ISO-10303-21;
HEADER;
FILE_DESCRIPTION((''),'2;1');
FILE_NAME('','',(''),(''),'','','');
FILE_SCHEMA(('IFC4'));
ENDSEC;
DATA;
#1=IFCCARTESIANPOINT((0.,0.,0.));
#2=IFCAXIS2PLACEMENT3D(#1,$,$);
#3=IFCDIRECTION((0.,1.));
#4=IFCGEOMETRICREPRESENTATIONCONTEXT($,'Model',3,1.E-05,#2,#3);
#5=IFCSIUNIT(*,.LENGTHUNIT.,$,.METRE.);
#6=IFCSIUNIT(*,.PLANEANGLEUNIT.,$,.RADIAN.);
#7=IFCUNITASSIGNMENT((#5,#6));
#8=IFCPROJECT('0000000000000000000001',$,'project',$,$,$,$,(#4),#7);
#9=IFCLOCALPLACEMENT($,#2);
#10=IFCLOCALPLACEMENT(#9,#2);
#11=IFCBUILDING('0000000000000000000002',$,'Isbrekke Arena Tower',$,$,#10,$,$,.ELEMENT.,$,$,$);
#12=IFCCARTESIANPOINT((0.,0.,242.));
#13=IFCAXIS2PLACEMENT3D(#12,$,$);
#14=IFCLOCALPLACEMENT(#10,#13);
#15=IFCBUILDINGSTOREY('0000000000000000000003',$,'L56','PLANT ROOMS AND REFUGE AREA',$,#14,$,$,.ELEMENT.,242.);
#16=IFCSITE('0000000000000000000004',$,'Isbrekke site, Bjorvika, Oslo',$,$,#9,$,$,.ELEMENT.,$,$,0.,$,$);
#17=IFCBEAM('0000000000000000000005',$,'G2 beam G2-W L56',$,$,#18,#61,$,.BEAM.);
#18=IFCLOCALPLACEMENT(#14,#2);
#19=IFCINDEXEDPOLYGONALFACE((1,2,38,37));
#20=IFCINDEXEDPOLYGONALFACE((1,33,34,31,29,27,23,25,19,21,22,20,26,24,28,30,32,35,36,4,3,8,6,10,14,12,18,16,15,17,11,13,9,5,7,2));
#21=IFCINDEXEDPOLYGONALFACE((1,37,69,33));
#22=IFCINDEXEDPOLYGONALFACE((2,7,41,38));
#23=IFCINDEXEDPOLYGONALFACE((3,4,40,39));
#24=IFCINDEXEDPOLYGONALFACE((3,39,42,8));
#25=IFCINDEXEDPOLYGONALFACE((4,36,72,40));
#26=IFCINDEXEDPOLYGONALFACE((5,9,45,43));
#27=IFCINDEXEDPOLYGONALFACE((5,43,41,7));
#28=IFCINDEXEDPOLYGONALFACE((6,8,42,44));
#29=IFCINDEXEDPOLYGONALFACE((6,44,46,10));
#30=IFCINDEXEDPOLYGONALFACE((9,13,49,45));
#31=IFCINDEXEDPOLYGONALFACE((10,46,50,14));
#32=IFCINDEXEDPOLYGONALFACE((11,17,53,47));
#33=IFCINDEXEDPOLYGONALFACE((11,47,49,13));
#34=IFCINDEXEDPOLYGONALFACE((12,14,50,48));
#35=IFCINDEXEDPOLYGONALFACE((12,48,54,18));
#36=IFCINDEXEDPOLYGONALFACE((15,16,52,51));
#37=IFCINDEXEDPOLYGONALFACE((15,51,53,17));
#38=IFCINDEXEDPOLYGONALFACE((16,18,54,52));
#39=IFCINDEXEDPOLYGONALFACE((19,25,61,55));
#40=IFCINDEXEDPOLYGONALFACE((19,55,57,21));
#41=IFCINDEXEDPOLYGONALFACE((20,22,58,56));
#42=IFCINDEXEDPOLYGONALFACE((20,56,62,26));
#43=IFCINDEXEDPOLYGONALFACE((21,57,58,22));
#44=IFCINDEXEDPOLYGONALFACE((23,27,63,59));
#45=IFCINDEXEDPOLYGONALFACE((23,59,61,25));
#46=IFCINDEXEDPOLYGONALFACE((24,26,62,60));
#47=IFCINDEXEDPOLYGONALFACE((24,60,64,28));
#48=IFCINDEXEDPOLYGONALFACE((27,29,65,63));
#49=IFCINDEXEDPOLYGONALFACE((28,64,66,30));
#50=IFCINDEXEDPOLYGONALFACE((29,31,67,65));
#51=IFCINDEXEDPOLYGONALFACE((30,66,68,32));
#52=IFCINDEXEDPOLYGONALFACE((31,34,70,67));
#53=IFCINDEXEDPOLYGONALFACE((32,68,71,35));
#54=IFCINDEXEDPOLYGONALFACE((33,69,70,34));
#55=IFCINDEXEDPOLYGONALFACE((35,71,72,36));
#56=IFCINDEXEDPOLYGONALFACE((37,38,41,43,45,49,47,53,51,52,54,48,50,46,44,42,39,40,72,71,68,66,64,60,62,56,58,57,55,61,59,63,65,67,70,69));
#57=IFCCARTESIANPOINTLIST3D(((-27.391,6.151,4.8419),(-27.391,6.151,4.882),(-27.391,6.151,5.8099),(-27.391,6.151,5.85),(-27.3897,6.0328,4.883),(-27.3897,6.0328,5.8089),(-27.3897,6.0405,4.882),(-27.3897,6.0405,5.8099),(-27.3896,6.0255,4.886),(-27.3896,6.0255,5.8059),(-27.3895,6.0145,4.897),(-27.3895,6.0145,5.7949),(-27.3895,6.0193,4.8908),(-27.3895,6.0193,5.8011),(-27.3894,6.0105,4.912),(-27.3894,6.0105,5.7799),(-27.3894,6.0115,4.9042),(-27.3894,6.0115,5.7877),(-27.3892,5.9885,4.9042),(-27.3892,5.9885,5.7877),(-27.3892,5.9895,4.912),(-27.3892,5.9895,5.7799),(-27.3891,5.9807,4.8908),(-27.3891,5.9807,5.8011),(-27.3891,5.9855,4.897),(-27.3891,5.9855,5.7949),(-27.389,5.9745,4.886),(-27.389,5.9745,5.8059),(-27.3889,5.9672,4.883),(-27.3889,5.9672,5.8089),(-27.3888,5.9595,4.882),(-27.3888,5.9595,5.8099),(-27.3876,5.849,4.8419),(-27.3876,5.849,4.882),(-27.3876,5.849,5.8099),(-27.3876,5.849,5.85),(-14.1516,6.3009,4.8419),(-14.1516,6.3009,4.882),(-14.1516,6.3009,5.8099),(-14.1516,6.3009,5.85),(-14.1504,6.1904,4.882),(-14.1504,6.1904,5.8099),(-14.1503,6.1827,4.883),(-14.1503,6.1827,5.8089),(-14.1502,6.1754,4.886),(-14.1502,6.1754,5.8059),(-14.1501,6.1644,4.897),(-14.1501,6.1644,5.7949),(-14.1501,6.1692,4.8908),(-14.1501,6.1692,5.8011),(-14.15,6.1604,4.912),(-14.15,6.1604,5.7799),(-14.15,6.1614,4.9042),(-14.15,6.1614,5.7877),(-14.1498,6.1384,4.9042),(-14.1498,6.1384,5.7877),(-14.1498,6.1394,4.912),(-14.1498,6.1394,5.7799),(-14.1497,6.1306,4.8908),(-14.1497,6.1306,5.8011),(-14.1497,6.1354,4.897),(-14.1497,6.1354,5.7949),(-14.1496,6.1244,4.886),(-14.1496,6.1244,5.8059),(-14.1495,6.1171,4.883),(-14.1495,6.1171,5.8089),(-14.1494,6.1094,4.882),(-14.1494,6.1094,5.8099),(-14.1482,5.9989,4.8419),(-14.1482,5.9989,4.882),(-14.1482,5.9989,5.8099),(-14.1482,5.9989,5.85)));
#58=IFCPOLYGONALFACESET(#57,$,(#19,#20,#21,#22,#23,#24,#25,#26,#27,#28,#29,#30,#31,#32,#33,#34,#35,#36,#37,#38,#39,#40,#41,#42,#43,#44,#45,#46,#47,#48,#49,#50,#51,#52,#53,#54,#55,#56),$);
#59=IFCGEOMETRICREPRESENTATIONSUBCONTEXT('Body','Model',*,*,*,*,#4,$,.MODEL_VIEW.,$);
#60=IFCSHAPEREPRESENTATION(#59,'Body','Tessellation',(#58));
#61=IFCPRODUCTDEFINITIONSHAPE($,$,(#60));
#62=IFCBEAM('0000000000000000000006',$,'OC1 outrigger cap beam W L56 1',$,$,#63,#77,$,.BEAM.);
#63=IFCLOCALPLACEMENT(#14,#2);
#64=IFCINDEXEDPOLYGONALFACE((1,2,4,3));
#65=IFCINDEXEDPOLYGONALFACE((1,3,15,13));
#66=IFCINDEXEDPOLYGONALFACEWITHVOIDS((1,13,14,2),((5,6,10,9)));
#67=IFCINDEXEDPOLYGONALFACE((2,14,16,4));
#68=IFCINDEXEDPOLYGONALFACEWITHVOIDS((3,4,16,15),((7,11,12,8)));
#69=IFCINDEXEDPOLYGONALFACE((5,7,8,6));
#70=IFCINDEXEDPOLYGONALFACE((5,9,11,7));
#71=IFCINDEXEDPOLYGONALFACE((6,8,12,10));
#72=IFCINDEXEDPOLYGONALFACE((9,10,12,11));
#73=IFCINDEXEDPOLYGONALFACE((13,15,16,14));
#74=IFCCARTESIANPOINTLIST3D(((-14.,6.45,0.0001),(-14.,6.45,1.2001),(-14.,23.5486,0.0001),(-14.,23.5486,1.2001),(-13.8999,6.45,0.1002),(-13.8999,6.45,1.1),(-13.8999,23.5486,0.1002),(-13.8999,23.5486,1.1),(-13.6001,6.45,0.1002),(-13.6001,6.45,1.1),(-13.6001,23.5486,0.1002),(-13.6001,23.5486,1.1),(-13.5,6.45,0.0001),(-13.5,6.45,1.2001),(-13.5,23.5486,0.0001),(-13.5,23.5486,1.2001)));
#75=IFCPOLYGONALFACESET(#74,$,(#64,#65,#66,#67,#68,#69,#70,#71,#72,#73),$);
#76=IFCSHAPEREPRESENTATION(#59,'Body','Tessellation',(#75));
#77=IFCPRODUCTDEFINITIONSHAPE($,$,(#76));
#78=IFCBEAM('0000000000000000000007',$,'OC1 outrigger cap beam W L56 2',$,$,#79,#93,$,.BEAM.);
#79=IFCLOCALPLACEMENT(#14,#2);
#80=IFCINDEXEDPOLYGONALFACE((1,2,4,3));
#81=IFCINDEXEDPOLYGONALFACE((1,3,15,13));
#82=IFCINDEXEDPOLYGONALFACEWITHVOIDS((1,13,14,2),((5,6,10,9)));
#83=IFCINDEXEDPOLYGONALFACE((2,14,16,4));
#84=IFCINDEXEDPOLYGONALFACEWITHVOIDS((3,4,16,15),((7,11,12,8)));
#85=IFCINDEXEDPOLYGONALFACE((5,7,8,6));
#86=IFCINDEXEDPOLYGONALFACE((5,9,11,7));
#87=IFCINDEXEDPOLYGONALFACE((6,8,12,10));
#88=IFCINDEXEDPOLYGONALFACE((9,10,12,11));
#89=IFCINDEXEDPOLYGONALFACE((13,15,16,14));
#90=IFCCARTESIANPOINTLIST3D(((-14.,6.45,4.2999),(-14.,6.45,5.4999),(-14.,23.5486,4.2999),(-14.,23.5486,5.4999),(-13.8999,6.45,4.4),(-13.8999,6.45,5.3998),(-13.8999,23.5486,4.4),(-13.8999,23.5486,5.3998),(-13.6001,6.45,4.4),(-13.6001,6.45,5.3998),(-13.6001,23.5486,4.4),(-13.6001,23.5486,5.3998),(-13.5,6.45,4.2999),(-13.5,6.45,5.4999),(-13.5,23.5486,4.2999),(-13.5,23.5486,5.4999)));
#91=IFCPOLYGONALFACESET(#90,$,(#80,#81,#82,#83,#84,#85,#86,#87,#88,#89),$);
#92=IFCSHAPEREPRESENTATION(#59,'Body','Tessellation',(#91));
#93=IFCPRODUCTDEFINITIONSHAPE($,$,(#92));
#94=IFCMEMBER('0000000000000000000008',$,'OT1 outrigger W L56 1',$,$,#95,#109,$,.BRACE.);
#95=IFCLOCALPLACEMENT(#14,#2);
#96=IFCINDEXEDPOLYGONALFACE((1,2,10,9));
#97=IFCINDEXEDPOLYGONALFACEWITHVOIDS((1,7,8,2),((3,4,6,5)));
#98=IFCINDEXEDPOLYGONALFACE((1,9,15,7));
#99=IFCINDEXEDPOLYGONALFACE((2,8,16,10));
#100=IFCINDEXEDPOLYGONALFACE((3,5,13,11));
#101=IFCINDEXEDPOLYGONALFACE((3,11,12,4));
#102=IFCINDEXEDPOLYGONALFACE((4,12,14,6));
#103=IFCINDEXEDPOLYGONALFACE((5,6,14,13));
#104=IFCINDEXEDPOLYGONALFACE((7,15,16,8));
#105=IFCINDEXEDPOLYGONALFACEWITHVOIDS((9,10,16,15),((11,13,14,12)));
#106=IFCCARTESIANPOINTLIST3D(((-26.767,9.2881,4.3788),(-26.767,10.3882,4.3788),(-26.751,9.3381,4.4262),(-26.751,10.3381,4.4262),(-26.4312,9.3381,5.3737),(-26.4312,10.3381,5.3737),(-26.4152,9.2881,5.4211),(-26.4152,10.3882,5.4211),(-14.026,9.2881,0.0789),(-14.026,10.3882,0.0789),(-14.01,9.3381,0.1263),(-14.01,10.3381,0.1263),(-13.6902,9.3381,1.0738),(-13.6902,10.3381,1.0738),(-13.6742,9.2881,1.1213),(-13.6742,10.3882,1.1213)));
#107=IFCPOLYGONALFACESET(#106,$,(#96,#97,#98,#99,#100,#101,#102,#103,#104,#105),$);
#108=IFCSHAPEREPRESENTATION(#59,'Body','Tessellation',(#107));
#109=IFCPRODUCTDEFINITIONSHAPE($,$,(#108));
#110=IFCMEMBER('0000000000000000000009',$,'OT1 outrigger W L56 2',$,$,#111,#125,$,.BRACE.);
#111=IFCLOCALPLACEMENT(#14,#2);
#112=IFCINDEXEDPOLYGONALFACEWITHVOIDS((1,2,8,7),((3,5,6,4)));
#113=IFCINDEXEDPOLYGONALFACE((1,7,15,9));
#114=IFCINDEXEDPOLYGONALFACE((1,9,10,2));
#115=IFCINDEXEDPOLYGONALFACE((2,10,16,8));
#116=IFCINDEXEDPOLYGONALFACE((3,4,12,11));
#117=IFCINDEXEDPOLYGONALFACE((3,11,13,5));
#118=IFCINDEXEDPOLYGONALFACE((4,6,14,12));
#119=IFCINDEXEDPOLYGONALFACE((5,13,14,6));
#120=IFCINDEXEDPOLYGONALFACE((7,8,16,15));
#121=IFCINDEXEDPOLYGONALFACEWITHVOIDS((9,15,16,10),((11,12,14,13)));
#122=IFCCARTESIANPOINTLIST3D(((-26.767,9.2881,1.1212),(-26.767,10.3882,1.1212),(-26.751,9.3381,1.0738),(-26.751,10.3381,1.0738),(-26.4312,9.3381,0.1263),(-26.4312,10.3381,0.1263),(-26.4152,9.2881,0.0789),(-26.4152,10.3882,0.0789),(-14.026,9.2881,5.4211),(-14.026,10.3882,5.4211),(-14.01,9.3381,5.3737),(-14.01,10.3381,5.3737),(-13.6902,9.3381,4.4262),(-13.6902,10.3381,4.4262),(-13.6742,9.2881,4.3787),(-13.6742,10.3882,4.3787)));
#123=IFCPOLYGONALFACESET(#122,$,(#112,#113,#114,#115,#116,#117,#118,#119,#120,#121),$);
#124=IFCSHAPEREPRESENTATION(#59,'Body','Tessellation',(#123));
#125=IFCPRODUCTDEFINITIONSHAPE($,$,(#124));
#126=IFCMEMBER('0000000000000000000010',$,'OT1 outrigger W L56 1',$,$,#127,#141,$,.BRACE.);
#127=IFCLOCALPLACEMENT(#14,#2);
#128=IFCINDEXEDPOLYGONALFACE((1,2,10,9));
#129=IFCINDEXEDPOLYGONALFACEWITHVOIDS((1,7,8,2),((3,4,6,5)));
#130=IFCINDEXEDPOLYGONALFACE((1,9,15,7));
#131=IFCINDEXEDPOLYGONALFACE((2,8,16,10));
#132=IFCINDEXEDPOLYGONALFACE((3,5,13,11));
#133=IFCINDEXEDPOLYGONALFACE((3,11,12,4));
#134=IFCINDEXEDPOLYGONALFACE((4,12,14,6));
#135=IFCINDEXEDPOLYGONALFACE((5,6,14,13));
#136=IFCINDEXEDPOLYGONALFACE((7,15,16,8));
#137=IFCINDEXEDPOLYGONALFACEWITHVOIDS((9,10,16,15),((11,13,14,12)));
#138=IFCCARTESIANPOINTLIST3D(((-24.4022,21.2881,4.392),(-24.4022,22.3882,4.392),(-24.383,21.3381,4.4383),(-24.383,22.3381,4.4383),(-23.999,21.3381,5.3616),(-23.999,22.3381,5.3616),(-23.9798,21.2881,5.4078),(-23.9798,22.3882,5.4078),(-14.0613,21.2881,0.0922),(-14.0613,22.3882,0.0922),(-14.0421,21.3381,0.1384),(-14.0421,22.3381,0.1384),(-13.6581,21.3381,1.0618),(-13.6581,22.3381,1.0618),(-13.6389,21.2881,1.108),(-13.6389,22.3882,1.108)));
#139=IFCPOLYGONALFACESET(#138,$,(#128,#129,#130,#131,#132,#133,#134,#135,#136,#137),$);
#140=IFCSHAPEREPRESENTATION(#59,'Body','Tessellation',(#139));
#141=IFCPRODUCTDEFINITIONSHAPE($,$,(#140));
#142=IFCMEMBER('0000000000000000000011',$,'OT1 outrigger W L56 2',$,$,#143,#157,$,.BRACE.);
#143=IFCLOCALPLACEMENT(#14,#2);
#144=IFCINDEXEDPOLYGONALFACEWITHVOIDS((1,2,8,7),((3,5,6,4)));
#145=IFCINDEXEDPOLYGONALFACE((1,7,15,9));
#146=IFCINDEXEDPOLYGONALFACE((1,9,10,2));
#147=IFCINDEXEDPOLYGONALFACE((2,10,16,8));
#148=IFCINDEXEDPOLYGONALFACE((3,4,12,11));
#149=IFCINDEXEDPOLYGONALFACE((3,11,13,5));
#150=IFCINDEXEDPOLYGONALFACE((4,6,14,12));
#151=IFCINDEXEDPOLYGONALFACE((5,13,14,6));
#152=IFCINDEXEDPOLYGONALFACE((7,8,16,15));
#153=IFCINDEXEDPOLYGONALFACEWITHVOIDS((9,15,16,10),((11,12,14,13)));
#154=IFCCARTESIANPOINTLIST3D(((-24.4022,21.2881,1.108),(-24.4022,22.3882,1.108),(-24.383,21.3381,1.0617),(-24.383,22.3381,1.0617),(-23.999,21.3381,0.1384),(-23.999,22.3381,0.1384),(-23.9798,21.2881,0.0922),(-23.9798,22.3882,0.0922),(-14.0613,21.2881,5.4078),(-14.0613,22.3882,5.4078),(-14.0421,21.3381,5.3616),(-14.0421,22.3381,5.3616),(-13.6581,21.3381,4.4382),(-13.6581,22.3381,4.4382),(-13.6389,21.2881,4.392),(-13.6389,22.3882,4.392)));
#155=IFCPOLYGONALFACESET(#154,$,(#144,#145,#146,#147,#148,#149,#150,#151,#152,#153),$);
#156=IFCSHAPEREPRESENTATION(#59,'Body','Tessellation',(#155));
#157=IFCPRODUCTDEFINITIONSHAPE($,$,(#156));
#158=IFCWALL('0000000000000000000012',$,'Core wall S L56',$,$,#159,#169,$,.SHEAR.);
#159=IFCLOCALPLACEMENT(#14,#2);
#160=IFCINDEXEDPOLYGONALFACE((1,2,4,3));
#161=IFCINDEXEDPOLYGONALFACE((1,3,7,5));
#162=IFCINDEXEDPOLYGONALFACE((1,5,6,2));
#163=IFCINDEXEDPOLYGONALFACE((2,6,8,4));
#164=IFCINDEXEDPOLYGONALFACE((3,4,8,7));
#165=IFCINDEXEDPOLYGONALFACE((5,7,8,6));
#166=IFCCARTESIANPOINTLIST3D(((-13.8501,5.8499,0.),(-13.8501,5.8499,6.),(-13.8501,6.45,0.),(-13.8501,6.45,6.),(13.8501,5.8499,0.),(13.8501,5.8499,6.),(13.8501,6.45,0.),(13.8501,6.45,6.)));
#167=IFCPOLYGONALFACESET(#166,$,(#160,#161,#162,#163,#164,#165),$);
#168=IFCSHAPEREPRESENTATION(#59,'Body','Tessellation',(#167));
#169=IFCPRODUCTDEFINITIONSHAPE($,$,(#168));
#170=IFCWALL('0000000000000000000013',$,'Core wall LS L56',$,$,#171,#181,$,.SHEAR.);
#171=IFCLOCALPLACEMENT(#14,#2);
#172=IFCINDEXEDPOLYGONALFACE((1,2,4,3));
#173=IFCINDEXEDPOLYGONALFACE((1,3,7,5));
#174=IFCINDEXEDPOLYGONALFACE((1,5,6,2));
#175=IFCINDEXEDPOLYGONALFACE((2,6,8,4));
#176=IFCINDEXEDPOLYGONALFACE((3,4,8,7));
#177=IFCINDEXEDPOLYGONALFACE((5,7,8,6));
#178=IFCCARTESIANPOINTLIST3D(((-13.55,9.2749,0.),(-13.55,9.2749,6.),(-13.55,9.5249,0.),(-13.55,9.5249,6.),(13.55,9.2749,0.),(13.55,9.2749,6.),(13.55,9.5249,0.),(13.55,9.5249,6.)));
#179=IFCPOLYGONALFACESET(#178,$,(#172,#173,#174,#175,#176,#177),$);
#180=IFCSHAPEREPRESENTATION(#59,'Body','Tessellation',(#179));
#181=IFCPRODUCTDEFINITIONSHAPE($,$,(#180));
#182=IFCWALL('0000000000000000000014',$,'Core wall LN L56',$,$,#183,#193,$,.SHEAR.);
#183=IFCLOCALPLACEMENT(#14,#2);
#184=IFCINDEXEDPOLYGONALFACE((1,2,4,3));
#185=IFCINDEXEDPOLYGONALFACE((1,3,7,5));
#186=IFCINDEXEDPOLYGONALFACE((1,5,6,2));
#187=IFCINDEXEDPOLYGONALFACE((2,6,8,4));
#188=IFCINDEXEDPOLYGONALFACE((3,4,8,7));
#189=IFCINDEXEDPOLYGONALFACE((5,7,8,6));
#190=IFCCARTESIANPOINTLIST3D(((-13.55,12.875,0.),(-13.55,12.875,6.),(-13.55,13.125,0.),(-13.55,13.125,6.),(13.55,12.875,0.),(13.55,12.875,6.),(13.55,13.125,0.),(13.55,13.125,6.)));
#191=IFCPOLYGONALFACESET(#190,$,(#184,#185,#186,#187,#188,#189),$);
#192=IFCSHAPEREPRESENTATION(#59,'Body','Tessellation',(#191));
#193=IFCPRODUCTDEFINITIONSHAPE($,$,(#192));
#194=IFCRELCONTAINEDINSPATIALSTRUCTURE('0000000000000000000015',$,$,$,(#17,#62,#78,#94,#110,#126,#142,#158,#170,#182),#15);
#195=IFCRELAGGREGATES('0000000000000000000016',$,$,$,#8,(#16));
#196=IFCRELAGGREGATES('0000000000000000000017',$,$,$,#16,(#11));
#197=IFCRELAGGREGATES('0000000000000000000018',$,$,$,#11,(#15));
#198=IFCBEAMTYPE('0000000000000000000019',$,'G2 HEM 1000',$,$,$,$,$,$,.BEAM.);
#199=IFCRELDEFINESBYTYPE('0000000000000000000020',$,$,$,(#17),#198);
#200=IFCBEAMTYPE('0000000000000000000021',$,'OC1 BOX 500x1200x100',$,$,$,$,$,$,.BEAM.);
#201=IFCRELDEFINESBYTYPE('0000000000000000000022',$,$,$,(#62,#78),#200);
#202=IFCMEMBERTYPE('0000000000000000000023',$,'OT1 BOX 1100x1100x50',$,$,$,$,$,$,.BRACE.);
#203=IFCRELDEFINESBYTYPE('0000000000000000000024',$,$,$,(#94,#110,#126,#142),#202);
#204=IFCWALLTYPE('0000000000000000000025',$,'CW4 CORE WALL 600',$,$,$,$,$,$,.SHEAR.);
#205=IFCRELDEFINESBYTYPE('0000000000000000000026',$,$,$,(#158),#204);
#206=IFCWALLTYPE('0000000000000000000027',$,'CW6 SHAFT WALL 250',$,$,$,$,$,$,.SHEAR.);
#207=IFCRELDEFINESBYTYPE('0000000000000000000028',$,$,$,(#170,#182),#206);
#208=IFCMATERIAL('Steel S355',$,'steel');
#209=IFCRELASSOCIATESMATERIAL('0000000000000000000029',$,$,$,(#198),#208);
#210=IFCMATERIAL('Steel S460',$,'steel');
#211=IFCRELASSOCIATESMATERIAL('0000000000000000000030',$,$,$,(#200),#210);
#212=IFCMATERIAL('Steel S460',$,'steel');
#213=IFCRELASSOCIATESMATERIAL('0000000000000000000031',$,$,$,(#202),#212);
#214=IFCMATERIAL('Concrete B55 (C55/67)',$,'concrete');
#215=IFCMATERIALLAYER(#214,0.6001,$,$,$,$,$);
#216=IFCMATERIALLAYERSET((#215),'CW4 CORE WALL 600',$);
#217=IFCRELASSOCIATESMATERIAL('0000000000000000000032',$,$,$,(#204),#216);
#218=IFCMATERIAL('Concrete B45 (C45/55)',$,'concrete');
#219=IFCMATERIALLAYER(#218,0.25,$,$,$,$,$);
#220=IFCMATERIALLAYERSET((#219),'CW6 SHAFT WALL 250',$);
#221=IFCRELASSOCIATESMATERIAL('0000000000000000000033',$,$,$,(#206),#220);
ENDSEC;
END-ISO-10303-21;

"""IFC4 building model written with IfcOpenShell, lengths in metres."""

from ifc_helpers import new_model, si_unit, direction, frame, frame_2d, origin, origin_2d, place, context, subcontext, project, spatial, rectangle, hollow_rectangle, i_section, extrude, material, layer, layer_set, material_profile, profile_set, type_object, element, save


model = new_model("IFC4")

# Units and contexts
model_context = context("Model", 3, precision=1e-05, world=origin(), true_north=direction((0.0, 1.0)))
body_context = subcontext(model_context, "Body", "Model", "MODEL_VIEW")
ifc_project = project(units=[si_unit("LENGTHUNIT", "METRE"), si_unit("PLANEANGLEUNIT", "RADIAN")], contexts=[model_context])

# Site, building, storey
site_placement = place(None, origin())
site = spatial("IfcSite", under=ifc_project, at=site_placement, Name="Isbrekke site, Bjorvika, Oslo", CompositionType="ELEMENT", RefElevation=0.0)
building_placement = place(site_placement, origin())
building = spatial("IfcBuilding", under=site, at=building_placement, Name="Isbrekke Arena Tower", CompositionType="ELEMENT")
storey_placement = place(building_placement, frame((0.0, 0.0, 242.0)))
storey = spatial("IfcBuildingStorey", under=building, at=storey_placement, Name="L56", Description="PLANT ROOMS AND REFUGE AREA", CompositionType="ELEMENT", Elevation=242.0)

# Beams
ifc_material_1 = material(Name="Steel S355", Category="steel")
ifc_material_profile_1 = material_profile(ifc_material_1, i_section(OverallWidth=0.302, OverallDepth=1.0081, WebThickness=0.021, FlangeThickness=0.04, FilletRadius=0.03, at=origin_2d()), Name="HEM 1000")
ifc_profile_set_1 = profile_set([ifc_material_profile_1], Name="Steel S355")
beam_type_1 = type_object("IfcBeamType", Name="G2 HEM 1000", PredefinedType="BEAM", material=ifc_profile_set_1)
beam_placement = place(storey_placement, frame((-14.1499, 6.1499, 5.3459), z_axis=(-0.999936, -0.011322, 0.0), x_axis=(0.011322, -0.999936, 0.0)))
element("IfcBeam", 1, at=beam_placement, inside=storey, type_object=beam_type_1, Name="G2 beam G2-W L56", PredefinedType="BEAM", context=body_context, shape_type="SweptSolid", body=[
    extrude(i_section(OverallWidth=0.302, OverallDepth=1.0081, WebThickness=0.021, FlangeThickness=0.04, FilletRadius=0.03, at=origin_2d()), origin(), (0.0, 0.0, 1.0), 13.2402),
])
ifc_material_2 = material(Name="Steel S460", Category="steel")
ifc_material_profile_2 = material_profile(ifc_material_2, hollow_rectangle(XDim=0.5, YDim=1.2, WallThickness=0.1001, at=origin_2d()), Name="BOX 500x1200x100")
ifc_profile_set_2 = profile_set([ifc_material_profile_2], Name="Steel S460")
beam_type_2 = type_object("IfcBeamType", Name="OC1 BOX 500x1200x100", PredefinedType="BEAM", material=ifc_profile_set_2)
for number, where, z_axis, x_axis, name in (
    (2, (-13.75, 6.45, 0.6001), (0.0, 1.0, 0.0), (-1.0, 0.0, 0.0), "OC1 outrigger cap beam W L56 1"),
    (3, (-13.75, 6.45, 4.8999), (0.0, 1.0, 0.0), (-1.0, 0.0, 0.0), "OC1 outrigger cap beam W L56 2"),
):
    element("IfcBeam", number, at=place(storey_placement, frame(where, z_axis=z_axis, x_axis=x_axis)), inside=storey, type_object=beam_type_2, Name=name, PredefinedType="BEAM", context=body_context, shape_type="SweptSolid", body=[
        extrude(hollow_rectangle(XDim=0.5, YDim=1.2, WallThickness=0.1001, at=origin_2d()), origin(), (0.0, 0.0, 1.0), 17.0986),
    ])

# Members
ifc_material_3 = material(Name="Steel S460", Category="steel")
ifc_material_profile_3 = material_profile(ifc_material_3, hollow_rectangle(XDim=1.1001, YDim=1.1001, WallThickness=0.05, at=origin_2d()), Name="BOX 1100x1100x50")
ifc_profile_set_3 = profile_set([ifc_material_profile_3], Name="Steel S460")
member_type = type_object("IfcMemberType", Name="OT1 BOX 1100x1100x50", PredefinedType="BRACE", material=ifc_profile_set_3)
for number, where, z_axis, x_axis, name in (
    (4, (-13.8501, 9.8381, 0.6001), (-0.947498, 0.0, 0.319761), (0.0, -1.0, 0.0), "OT1 outrigger W L56 1"),
    (5, (-13.8501, 9.8381, 4.8999), (-0.947498, 0.0, -0.319761), (0.0, -1.0, 0.0), "OT1 outrigger W L56 2"),
):
    element("IfcMember", number, at=place(storey_placement, frame(where, z_axis=z_axis, x_axis=x_axis)), inside=storey, type_object=member_type, Name=name, PredefinedType="BRACE", context=body_context, shape_type="SweptSolid", body=[
        extrude(hollow_rectangle(XDim=1.1001, YDim=1.1001, WallThickness=0.05, at=origin_2d()), origin(), (0.0, 0.0, 1.0), 13.447),
    ])
for number, where, z_axis, x_axis, name in (
    (6, (-13.8501, 21.8381, 0.6001), (-0.923358, 0.0, 0.38394), (0.0, -1.0, 0.0), "OT1 outrigger W L56 1"),
    (7, (-13.8501, 21.8381, 4.8999), (-0.923358, 0.0, -0.38394), (0.0, -1.0, 0.0), "OT1 outrigger W L56 2"),
):
    element("IfcMember", number, at=place(storey_placement, frame(where, z_axis=z_axis, x_axis=x_axis)), inside=storey, type_object=member_type, Name=name, PredefinedType="BRACE", context=body_context, shape_type="SweptSolid", body=[
        extrude(hollow_rectangle(XDim=1.1001, YDim=1.1001, WallThickness=0.05, at=origin_2d()), origin(), (0.0, 0.0, 1.0), 11.1992),
    ])

# Walls
ifc_material_4 = material(Name="Concrete B55 (C55/67)", Category="concrete")
ifc_layer_1 = layer(ifc_material_4, 0.6001)
ifc_layer_set_1 = layer_set([ifc_layer_1], Name="CW4 CORE WALL 600")
wall_type_1 = type_object("IfcWallType", Name="CW4 CORE WALL 600", PredefinedType="SHEAR", material=ifc_layer_set_1)
wall_1_placement = place(storey_placement, frame((-13.8501, 6.1499, 0.0), z_axis=(0.0, 0.0, 1.0), x_axis=(1.0, 0.0, 0.0)))
element("IfcWall", 8, at=wall_1_placement, inside=storey, type_object=wall_type_1, Name="Core wall S L56", PredefinedType="SHEAR", context=body_context, shape_type="SweptSolid", body=[
    extrude(rectangle(XDim=27.7002, YDim=0.6001, at=frame_2d((13.8501, 0.0))), origin(), (0.0, 0.0, 1.0), 6.0),
])
ifc_material_5 = material(Name="Concrete B45 (C45/55)", Category="concrete")
ifc_layer_2 = layer(ifc_material_5, 0.25)
ifc_layer_set_2 = layer_set([ifc_layer_2], Name="CW6 SHAFT WALL 250")
wall_type_2 = type_object("IfcWallType", Name="CW6 SHAFT WALL 250", PredefinedType="SHEAR", material=ifc_layer_set_2)
for number, where, z_axis, x_axis, name in (
    (9, (-13.55, 9.3999, 0.0), (0.0, 0.0, 1.0), (1.0, 0.0, 0.0), "Core wall LS L56"),
    (10, (-13.55, 13.0, 0.0), (0.0, 0.0, 1.0), (1.0, 0.0, 0.0), "Core wall LN L56"),
):
    element("IfcWall", number, at=place(storey_placement, frame(where, z_axis=z_axis, x_axis=x_axis)), inside=storey, type_object=wall_type_2, Name=name, PredefinedType="SHEAR", context=body_context, shape_type="SweptSolid", body=[
        extrude(rectangle(XDim=27.1001, YDim=0.25, at=frame_2d((13.55, 0.0))), origin(), (0.0, 0.0, 1.0), 6.0),
    ])

save(model, "model.ifc")
